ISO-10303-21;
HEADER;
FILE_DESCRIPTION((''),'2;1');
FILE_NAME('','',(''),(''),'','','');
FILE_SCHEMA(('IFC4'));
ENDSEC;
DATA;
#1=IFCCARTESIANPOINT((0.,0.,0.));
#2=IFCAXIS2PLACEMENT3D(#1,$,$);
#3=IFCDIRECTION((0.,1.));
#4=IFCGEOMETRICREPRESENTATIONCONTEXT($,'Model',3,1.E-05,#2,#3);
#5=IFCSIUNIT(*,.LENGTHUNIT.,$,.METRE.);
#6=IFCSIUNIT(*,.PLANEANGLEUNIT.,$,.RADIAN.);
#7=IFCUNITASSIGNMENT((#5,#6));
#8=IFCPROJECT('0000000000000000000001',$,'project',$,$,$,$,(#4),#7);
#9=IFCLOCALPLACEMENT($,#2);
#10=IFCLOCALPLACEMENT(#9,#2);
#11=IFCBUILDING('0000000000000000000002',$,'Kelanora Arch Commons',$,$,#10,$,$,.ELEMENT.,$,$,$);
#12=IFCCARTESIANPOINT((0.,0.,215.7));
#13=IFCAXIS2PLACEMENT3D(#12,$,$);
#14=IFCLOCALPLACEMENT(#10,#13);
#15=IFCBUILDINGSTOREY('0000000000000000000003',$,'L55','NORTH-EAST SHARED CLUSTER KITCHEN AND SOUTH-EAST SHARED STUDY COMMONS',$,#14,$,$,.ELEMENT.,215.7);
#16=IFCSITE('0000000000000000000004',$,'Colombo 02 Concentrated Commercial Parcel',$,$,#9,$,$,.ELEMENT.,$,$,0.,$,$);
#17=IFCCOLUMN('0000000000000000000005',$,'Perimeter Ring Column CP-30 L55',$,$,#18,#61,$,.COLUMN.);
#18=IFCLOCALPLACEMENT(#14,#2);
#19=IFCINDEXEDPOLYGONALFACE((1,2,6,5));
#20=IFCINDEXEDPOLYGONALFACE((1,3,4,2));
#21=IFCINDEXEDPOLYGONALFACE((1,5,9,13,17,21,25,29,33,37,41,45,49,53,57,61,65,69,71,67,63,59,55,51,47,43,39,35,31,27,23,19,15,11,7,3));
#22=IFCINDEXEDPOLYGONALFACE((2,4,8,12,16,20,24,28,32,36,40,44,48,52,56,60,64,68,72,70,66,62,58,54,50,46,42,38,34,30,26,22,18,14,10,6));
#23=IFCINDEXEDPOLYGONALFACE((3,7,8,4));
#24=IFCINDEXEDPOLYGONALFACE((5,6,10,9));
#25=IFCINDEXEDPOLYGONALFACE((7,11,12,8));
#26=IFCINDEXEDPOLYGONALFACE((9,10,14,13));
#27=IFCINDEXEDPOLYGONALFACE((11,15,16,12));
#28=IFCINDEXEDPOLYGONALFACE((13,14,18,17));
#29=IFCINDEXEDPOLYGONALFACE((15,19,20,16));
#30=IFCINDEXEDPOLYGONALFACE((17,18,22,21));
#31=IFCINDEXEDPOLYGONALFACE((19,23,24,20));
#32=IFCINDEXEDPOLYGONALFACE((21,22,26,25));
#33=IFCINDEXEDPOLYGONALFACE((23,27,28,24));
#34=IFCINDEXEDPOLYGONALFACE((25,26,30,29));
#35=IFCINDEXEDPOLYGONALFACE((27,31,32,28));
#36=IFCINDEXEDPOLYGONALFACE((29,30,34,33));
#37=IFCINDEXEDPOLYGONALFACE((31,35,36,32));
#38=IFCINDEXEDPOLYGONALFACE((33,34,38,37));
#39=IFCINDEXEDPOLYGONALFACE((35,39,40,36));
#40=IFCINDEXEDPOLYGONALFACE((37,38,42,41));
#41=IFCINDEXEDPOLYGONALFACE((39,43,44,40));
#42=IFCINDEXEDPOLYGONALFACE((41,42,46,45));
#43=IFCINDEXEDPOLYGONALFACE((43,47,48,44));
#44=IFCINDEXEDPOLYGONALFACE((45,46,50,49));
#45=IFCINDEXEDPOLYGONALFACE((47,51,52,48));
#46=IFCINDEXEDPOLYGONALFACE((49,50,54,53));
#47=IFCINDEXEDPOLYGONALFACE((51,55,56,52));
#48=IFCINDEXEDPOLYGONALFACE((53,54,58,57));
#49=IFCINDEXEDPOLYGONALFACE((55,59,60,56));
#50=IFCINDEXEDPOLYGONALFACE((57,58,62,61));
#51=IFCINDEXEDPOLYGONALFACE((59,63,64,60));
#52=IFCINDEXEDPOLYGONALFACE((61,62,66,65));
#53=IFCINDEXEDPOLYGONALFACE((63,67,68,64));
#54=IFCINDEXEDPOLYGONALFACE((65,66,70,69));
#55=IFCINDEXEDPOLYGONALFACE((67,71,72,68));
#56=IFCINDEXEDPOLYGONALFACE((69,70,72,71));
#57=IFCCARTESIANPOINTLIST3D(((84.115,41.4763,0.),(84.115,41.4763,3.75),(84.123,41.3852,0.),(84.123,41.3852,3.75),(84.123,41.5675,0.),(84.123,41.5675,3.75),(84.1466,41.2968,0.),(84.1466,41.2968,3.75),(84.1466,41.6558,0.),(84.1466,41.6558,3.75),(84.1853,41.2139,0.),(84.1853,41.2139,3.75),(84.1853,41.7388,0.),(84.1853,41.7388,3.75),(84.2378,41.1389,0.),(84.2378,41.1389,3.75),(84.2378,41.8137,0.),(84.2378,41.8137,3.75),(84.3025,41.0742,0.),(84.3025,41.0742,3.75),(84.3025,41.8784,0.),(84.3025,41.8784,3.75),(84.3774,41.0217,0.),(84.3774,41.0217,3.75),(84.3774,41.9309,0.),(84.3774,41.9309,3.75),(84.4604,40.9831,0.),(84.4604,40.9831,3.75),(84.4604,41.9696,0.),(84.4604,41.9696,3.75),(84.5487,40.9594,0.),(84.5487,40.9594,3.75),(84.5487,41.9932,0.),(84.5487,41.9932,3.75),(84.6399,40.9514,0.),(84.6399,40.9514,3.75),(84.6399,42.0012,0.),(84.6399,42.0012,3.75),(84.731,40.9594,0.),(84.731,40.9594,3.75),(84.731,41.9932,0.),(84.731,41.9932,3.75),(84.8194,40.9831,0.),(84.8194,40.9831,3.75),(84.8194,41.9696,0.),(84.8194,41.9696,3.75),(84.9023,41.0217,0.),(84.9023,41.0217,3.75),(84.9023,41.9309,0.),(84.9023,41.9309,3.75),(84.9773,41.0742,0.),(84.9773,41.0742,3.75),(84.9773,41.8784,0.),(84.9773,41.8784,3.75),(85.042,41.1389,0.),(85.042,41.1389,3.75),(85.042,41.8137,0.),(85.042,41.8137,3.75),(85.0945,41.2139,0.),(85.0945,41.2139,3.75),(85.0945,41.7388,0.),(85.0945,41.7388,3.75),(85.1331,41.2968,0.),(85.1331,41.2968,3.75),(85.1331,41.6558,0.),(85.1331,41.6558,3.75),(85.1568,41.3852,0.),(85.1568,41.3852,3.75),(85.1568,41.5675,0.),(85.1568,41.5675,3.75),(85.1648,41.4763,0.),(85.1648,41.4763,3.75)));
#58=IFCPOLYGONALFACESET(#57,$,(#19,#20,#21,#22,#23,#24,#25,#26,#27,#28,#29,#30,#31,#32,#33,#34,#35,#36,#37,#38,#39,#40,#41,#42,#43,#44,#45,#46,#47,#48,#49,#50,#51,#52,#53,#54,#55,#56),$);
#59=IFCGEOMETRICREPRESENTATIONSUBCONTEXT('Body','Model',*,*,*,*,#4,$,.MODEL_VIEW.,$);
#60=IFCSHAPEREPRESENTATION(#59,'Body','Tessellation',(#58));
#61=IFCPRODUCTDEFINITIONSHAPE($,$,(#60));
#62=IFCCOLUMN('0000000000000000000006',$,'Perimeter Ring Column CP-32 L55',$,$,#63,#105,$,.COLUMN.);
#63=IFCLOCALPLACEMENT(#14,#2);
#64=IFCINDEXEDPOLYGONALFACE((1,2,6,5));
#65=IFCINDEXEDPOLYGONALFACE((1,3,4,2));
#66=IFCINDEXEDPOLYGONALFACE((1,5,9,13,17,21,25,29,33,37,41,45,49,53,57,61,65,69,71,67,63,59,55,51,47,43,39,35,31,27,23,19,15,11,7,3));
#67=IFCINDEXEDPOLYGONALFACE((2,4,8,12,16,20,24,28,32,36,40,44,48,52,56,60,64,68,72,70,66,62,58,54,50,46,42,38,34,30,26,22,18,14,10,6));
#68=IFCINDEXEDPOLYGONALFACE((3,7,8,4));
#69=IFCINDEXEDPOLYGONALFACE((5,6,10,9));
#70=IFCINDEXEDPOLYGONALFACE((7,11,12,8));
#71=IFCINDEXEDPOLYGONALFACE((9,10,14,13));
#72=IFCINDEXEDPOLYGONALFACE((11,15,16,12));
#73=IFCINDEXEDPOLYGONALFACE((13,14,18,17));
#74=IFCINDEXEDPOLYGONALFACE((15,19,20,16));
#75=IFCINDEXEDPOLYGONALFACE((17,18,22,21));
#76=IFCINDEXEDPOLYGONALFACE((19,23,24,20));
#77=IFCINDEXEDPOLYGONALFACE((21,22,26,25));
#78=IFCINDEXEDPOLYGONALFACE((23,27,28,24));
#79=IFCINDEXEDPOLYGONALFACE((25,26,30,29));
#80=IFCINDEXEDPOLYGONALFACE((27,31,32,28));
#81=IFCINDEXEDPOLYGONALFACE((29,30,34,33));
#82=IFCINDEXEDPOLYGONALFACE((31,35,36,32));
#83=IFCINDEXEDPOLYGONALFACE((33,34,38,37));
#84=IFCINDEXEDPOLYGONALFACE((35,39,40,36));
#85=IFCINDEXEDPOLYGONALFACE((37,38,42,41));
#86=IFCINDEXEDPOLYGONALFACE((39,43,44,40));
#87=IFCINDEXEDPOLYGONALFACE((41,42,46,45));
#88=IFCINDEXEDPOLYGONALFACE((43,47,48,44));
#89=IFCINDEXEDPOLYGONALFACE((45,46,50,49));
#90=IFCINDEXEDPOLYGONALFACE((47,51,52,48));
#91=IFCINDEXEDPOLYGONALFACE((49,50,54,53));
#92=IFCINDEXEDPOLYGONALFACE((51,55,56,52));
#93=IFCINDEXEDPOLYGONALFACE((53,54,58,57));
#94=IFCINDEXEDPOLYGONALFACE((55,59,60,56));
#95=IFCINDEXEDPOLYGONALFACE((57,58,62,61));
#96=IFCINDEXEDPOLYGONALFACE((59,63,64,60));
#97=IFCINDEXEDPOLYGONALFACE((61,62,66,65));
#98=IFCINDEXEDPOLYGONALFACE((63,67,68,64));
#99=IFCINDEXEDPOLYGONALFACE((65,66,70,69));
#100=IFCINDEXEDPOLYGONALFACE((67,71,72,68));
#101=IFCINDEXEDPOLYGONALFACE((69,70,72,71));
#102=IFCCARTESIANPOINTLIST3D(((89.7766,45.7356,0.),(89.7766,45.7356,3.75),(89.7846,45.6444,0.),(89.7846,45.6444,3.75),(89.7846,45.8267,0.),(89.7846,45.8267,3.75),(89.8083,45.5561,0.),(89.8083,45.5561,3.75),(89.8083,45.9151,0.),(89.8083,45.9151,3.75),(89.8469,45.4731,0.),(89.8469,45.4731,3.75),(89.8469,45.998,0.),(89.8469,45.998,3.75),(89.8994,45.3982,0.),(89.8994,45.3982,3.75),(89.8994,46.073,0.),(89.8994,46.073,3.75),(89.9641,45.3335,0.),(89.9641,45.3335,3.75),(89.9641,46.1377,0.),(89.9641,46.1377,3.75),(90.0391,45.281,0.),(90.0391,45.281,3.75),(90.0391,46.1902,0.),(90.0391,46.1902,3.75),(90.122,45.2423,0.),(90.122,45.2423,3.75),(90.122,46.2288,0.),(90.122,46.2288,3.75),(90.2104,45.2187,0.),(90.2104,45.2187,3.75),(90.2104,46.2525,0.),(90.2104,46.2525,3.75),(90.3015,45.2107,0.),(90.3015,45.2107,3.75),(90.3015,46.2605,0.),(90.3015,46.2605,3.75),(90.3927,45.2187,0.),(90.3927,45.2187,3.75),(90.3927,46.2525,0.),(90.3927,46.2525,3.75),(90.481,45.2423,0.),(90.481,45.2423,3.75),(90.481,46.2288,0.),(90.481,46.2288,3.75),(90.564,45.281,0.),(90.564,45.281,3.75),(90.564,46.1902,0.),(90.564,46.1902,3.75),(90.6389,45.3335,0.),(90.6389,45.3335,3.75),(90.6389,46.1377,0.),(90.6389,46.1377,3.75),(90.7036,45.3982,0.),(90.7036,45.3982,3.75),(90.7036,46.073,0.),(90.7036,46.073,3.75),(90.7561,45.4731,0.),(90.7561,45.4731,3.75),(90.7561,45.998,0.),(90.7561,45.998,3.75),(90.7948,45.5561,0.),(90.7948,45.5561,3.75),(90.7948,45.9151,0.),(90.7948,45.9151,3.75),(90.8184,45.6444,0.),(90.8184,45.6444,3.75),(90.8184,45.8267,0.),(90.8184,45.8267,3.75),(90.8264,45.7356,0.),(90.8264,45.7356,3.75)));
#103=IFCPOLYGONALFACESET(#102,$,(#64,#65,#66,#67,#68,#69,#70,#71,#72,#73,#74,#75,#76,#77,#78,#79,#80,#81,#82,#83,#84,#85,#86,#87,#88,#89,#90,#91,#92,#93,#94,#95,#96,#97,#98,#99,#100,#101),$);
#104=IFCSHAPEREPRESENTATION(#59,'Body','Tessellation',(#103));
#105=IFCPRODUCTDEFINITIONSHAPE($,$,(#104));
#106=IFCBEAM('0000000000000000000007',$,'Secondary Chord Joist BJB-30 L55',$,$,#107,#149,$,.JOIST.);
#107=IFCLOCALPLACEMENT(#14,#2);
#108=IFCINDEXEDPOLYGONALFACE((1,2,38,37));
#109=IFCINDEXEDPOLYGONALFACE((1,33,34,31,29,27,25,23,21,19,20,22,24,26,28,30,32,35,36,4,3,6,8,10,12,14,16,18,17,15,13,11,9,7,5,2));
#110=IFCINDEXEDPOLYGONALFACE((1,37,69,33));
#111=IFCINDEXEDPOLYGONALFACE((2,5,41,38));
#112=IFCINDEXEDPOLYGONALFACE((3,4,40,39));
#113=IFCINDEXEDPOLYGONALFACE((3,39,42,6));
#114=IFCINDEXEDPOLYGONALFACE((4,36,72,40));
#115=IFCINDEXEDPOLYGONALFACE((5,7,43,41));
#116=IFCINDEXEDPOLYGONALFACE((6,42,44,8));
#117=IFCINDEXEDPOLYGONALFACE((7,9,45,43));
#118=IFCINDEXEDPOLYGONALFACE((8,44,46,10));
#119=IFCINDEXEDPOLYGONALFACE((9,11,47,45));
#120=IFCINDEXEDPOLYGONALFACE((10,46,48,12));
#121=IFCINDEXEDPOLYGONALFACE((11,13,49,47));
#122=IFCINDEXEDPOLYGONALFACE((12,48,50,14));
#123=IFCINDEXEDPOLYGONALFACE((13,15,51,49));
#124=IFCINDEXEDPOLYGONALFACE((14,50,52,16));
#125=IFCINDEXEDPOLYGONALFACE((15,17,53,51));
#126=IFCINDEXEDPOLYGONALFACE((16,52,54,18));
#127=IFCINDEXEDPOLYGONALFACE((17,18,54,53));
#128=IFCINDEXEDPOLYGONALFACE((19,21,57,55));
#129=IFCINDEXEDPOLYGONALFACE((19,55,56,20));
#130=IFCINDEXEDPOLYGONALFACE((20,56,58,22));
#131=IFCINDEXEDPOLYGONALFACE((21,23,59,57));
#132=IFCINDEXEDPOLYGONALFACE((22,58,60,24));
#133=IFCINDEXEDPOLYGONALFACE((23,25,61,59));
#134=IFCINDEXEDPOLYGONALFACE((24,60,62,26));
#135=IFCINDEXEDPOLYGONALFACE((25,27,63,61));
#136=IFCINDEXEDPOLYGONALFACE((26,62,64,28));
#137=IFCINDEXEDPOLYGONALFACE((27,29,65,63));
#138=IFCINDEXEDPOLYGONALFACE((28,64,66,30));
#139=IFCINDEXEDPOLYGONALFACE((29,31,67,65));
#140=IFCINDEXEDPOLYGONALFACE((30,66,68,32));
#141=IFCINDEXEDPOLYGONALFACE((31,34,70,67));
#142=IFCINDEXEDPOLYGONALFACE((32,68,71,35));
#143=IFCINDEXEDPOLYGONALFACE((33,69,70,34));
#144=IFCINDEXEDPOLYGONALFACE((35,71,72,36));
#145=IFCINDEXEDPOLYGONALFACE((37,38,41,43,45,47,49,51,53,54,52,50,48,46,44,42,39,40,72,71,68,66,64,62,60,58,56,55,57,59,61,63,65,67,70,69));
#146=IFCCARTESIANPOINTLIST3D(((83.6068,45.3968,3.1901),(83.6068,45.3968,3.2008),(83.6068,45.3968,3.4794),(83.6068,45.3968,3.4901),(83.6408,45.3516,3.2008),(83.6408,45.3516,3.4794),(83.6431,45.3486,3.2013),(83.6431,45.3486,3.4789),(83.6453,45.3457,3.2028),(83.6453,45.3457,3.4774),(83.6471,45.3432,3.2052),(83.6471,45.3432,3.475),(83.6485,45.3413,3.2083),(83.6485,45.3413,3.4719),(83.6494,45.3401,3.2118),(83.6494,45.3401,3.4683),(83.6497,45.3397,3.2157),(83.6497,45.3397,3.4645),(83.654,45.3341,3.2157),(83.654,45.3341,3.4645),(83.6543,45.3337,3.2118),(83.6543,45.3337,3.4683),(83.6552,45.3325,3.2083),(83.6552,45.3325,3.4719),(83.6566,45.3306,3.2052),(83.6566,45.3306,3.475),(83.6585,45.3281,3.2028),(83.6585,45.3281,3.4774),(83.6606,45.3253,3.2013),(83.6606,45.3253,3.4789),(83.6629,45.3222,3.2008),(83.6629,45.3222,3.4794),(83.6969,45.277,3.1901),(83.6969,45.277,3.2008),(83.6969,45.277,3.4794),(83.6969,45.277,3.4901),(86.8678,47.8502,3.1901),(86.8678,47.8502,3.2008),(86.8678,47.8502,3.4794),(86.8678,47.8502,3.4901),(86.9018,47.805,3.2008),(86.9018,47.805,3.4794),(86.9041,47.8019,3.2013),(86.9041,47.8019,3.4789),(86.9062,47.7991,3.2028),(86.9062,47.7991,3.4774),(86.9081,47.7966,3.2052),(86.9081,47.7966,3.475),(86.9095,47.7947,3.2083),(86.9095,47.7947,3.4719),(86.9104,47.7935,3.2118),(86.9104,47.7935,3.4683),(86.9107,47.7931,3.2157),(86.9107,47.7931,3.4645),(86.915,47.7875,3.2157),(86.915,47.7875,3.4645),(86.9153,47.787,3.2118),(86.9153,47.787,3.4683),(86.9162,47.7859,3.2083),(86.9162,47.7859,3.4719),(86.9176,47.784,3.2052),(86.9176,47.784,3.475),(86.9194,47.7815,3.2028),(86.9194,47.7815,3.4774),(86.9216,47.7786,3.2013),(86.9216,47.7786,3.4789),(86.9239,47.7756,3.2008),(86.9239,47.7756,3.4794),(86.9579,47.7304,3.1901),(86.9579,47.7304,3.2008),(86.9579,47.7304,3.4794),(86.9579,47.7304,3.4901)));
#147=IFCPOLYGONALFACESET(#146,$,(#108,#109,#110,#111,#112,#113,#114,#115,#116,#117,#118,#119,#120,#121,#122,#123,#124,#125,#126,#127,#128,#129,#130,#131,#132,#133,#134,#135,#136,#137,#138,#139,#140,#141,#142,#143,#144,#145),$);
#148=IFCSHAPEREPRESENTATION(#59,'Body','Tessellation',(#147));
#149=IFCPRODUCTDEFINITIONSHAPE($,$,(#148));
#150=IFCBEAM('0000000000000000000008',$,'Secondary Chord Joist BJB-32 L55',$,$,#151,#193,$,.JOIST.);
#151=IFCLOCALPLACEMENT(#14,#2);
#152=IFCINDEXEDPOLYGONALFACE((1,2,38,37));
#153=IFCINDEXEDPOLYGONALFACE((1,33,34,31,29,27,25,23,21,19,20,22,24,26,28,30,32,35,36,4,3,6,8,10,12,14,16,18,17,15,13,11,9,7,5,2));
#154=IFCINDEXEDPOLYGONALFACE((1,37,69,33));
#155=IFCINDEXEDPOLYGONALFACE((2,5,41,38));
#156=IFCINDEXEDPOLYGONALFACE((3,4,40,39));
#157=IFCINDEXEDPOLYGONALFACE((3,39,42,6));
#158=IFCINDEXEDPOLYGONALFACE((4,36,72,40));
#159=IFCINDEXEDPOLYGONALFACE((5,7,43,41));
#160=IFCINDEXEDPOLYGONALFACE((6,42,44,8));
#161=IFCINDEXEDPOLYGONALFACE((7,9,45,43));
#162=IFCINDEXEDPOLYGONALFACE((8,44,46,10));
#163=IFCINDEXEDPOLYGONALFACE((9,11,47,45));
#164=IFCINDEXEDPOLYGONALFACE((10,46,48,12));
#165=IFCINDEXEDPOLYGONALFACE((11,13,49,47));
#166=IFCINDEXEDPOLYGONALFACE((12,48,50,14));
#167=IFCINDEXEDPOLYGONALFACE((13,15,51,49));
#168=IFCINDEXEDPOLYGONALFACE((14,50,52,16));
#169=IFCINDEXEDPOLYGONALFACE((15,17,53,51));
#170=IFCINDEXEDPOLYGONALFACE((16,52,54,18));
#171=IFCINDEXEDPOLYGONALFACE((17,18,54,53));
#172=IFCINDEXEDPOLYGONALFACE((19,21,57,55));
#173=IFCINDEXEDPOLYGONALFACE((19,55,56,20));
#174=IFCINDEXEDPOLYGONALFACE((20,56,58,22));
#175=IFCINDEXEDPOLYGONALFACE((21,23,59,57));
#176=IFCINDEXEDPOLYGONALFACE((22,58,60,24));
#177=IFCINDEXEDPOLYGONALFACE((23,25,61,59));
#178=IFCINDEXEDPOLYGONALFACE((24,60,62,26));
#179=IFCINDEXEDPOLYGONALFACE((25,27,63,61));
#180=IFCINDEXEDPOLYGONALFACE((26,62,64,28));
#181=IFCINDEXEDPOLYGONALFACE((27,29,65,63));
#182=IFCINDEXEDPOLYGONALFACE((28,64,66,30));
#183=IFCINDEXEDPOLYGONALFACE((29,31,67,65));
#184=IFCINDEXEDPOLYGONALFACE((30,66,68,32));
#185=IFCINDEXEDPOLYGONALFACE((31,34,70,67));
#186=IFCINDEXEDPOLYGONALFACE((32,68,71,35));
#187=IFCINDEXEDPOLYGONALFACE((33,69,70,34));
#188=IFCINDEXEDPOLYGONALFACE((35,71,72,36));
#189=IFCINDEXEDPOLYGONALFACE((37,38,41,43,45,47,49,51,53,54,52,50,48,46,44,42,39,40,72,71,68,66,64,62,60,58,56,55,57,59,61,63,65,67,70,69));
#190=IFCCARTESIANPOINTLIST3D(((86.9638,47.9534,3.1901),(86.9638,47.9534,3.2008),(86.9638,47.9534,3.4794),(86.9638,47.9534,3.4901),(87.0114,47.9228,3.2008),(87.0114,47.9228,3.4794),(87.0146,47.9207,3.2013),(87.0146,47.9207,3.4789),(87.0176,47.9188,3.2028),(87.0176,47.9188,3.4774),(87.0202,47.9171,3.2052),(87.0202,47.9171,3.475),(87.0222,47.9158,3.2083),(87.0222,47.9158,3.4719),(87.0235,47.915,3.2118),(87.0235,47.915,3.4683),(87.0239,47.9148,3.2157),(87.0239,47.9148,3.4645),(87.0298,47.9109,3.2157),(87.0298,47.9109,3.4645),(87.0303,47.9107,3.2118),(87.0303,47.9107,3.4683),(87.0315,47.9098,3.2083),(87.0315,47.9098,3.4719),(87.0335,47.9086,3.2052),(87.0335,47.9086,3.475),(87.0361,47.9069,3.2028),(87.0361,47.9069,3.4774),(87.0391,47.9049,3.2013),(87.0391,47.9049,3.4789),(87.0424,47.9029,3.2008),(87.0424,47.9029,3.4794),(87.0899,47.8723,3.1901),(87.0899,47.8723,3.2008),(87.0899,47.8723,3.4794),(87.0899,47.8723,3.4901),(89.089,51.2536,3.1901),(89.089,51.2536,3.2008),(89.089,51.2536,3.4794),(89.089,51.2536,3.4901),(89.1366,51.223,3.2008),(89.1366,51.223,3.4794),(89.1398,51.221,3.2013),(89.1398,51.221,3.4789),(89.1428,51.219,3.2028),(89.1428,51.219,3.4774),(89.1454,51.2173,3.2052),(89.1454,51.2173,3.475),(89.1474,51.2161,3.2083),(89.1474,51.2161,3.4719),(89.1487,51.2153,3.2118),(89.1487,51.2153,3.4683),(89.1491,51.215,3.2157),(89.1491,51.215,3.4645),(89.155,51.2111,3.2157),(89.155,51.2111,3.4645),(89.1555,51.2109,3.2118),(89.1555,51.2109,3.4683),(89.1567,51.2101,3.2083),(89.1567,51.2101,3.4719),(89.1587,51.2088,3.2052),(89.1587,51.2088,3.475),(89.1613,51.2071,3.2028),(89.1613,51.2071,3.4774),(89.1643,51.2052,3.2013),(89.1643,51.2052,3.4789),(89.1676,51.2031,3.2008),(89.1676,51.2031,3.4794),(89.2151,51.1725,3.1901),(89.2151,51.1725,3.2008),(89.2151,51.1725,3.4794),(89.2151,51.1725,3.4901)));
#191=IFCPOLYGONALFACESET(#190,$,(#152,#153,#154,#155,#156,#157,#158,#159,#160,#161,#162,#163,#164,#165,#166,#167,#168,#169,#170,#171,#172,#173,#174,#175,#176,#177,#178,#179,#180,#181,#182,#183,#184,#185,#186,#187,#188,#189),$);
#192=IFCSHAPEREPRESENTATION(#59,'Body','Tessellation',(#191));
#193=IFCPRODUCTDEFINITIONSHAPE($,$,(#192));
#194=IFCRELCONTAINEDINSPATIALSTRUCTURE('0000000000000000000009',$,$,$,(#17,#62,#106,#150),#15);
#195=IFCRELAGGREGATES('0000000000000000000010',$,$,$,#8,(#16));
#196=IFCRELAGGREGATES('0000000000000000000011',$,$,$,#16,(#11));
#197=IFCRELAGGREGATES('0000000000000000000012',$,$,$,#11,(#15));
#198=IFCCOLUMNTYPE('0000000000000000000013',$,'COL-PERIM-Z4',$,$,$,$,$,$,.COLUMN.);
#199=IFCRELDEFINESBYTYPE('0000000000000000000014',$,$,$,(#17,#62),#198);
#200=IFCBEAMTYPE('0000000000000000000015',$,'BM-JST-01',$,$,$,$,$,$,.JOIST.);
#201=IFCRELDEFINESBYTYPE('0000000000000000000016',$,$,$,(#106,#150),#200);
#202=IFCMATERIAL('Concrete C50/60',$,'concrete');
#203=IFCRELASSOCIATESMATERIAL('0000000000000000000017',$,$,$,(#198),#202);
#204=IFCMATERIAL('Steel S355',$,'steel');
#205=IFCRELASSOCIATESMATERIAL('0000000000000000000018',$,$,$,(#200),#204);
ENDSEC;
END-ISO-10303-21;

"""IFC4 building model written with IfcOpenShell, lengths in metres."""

from ifc_helpers import new_model, si_unit, direction, frame, origin, origin_2d, place, context, subcontext, project, spatial, circle, i_section, extrude, material, material_profile, profile_set, type_object, element, save


model = new_model("IFC4")

# Units and contexts
model_context = context("Model", 3, precision=1e-05, world=origin(), true_north=direction((0.0, 1.0)))
body_context = subcontext(model_context, "Body", "Model", "MODEL_VIEW")
ifc_project = project(units=[si_unit("LENGTHUNIT", "METRE"), si_unit("PLANEANGLEUNIT", "RADIAN")], contexts=[model_context])

# Site, building, storey
site_placement = place(None, origin())
site = spatial("IfcSite", under=ifc_project, at=site_placement, Name="Colombo 02 Concentrated Commercial Parcel", CompositionType="ELEMENT", RefElevation=0.0)
building_placement = place(site_placement, origin())
building = spatial("IfcBuilding", under=site, at=building_placement, Name="Kelanora Arch Commons", CompositionType="ELEMENT")
storey_placement = place(building_placement, frame((0.0, 0.0, 215.7)))
storey = spatial("IfcBuildingStorey", under=building, at=storey_placement, Name="L55", Description="NORTH-EAST SHARED CLUSTER KITCHEN AND SOUTH-EAST SHARED STUDY COMMONS", CompositionType="ELEMENT", Elevation=215.7)

# Columns
ifc_material_1 = material(Name="Concrete C50/60", Category="concrete")
ifc_material_profile_1 = material_profile(ifc_material_1, circle(Radius=0.5249, at=origin_2d()), Name="RCC1050")
ifc_profile_set_1 = profile_set([ifc_material_profile_1], Name="Concrete C50/60")
column_type = type_object("IfcColumnType", Name="COL-PERIM-Z4", PredefinedType="COLUMN", material=ifc_profile_set_1)
for number, where, z_axis, x_axis, name in (
    (1, (84.6399, 41.4763, 0.0), (0.0, 0.0, 1.0), (1.0, 0.0, 0.0), "Perimeter Ring Column CP-30 L55"),
    (2, (90.3015, 45.7356, 0.0), (0.0, 0.0, 1.0), (1.0, 0.0, 0.0), "Perimeter Ring Column CP-32 L55"),
):
    element("IfcColumn", number, at=place(storey_placement, frame(where, z_axis=z_axis, x_axis=x_axis)), inside=storey, type_object=column_type, Name=name, PredefinedType="COLUMN", context=body_context, shape_type="SweptSolid", body=[
        extrude(circle(Radius=0.5249, at=origin_2d()), origin(), (0.0, 0.0, 1.0), 3.75),
    ])

# Beams
ifc_material_2 = material(Name="Steel S355", Category="steel")
ifc_material_profile_2 = material_profile(ifc_material_2, i_section(OverallWidth=0.1499, OverallDepth=0.3, WebThickness=0.0071, FlangeThickness=0.0107, FilletRadius=0.0149, at=origin_2d()), Name="IPE300")
ifc_profile_set_2 = profile_set([ifc_material_profile_2], Name="Steel S355")
beam_type_1 = type_object("IfcBeamType", Name="BM-JST-01", PredefinedType="JOIST", material=ifc_profile_set_2)
beam_1_placement = place(storey_placement, frame((83.6519, 45.3369, 3.3401), z_axis=(0.799102, 0.601196, 0.0), x_axis=(-0.601196, 0.799102, 0.0)))
element("IfcBeam", 3, at=beam_1_placement, inside=storey, type_object=beam_type_1, Name="Secondary Chord Joist BJB-30 L55", PredefinedType="JOIST", context=body_context, shape_type="SweptSolid", body=[
    extrude(i_section(OverallWidth=0.1499, OverallDepth=0.3, WebThickness=0.0071, FlangeThickness=0.0107, FilletRadius=0.0149, at=origin_2d()), origin(), (0.0, 0.0, 1.0), 4.0808),
])
beam_2_placement = place(storey_placement, frame((87.0269, 47.9128, 3.3401), z_axis=(0.541411, 0.840758, 0.0), x_axis=(-0.840758, 0.541411, 0.0)))
element("IfcBeam", 4, at=beam_2_placement, inside=storey, type_object=beam_type_1, Name="Secondary Chord Joist BJB-32 L55", PredefinedType="JOIST", context=body_context, shape_type="SweptSolid", body=[
    extrude(i_section(OverallWidth=0.1499, OverallDepth=0.3, WebThickness=0.0071, FlangeThickness=0.0107, FilletRadius=0.0149, at=origin_2d()), origin(), (0.0, 0.0, 1.0), 3.9253),
])

save(model, "model.ifc")
